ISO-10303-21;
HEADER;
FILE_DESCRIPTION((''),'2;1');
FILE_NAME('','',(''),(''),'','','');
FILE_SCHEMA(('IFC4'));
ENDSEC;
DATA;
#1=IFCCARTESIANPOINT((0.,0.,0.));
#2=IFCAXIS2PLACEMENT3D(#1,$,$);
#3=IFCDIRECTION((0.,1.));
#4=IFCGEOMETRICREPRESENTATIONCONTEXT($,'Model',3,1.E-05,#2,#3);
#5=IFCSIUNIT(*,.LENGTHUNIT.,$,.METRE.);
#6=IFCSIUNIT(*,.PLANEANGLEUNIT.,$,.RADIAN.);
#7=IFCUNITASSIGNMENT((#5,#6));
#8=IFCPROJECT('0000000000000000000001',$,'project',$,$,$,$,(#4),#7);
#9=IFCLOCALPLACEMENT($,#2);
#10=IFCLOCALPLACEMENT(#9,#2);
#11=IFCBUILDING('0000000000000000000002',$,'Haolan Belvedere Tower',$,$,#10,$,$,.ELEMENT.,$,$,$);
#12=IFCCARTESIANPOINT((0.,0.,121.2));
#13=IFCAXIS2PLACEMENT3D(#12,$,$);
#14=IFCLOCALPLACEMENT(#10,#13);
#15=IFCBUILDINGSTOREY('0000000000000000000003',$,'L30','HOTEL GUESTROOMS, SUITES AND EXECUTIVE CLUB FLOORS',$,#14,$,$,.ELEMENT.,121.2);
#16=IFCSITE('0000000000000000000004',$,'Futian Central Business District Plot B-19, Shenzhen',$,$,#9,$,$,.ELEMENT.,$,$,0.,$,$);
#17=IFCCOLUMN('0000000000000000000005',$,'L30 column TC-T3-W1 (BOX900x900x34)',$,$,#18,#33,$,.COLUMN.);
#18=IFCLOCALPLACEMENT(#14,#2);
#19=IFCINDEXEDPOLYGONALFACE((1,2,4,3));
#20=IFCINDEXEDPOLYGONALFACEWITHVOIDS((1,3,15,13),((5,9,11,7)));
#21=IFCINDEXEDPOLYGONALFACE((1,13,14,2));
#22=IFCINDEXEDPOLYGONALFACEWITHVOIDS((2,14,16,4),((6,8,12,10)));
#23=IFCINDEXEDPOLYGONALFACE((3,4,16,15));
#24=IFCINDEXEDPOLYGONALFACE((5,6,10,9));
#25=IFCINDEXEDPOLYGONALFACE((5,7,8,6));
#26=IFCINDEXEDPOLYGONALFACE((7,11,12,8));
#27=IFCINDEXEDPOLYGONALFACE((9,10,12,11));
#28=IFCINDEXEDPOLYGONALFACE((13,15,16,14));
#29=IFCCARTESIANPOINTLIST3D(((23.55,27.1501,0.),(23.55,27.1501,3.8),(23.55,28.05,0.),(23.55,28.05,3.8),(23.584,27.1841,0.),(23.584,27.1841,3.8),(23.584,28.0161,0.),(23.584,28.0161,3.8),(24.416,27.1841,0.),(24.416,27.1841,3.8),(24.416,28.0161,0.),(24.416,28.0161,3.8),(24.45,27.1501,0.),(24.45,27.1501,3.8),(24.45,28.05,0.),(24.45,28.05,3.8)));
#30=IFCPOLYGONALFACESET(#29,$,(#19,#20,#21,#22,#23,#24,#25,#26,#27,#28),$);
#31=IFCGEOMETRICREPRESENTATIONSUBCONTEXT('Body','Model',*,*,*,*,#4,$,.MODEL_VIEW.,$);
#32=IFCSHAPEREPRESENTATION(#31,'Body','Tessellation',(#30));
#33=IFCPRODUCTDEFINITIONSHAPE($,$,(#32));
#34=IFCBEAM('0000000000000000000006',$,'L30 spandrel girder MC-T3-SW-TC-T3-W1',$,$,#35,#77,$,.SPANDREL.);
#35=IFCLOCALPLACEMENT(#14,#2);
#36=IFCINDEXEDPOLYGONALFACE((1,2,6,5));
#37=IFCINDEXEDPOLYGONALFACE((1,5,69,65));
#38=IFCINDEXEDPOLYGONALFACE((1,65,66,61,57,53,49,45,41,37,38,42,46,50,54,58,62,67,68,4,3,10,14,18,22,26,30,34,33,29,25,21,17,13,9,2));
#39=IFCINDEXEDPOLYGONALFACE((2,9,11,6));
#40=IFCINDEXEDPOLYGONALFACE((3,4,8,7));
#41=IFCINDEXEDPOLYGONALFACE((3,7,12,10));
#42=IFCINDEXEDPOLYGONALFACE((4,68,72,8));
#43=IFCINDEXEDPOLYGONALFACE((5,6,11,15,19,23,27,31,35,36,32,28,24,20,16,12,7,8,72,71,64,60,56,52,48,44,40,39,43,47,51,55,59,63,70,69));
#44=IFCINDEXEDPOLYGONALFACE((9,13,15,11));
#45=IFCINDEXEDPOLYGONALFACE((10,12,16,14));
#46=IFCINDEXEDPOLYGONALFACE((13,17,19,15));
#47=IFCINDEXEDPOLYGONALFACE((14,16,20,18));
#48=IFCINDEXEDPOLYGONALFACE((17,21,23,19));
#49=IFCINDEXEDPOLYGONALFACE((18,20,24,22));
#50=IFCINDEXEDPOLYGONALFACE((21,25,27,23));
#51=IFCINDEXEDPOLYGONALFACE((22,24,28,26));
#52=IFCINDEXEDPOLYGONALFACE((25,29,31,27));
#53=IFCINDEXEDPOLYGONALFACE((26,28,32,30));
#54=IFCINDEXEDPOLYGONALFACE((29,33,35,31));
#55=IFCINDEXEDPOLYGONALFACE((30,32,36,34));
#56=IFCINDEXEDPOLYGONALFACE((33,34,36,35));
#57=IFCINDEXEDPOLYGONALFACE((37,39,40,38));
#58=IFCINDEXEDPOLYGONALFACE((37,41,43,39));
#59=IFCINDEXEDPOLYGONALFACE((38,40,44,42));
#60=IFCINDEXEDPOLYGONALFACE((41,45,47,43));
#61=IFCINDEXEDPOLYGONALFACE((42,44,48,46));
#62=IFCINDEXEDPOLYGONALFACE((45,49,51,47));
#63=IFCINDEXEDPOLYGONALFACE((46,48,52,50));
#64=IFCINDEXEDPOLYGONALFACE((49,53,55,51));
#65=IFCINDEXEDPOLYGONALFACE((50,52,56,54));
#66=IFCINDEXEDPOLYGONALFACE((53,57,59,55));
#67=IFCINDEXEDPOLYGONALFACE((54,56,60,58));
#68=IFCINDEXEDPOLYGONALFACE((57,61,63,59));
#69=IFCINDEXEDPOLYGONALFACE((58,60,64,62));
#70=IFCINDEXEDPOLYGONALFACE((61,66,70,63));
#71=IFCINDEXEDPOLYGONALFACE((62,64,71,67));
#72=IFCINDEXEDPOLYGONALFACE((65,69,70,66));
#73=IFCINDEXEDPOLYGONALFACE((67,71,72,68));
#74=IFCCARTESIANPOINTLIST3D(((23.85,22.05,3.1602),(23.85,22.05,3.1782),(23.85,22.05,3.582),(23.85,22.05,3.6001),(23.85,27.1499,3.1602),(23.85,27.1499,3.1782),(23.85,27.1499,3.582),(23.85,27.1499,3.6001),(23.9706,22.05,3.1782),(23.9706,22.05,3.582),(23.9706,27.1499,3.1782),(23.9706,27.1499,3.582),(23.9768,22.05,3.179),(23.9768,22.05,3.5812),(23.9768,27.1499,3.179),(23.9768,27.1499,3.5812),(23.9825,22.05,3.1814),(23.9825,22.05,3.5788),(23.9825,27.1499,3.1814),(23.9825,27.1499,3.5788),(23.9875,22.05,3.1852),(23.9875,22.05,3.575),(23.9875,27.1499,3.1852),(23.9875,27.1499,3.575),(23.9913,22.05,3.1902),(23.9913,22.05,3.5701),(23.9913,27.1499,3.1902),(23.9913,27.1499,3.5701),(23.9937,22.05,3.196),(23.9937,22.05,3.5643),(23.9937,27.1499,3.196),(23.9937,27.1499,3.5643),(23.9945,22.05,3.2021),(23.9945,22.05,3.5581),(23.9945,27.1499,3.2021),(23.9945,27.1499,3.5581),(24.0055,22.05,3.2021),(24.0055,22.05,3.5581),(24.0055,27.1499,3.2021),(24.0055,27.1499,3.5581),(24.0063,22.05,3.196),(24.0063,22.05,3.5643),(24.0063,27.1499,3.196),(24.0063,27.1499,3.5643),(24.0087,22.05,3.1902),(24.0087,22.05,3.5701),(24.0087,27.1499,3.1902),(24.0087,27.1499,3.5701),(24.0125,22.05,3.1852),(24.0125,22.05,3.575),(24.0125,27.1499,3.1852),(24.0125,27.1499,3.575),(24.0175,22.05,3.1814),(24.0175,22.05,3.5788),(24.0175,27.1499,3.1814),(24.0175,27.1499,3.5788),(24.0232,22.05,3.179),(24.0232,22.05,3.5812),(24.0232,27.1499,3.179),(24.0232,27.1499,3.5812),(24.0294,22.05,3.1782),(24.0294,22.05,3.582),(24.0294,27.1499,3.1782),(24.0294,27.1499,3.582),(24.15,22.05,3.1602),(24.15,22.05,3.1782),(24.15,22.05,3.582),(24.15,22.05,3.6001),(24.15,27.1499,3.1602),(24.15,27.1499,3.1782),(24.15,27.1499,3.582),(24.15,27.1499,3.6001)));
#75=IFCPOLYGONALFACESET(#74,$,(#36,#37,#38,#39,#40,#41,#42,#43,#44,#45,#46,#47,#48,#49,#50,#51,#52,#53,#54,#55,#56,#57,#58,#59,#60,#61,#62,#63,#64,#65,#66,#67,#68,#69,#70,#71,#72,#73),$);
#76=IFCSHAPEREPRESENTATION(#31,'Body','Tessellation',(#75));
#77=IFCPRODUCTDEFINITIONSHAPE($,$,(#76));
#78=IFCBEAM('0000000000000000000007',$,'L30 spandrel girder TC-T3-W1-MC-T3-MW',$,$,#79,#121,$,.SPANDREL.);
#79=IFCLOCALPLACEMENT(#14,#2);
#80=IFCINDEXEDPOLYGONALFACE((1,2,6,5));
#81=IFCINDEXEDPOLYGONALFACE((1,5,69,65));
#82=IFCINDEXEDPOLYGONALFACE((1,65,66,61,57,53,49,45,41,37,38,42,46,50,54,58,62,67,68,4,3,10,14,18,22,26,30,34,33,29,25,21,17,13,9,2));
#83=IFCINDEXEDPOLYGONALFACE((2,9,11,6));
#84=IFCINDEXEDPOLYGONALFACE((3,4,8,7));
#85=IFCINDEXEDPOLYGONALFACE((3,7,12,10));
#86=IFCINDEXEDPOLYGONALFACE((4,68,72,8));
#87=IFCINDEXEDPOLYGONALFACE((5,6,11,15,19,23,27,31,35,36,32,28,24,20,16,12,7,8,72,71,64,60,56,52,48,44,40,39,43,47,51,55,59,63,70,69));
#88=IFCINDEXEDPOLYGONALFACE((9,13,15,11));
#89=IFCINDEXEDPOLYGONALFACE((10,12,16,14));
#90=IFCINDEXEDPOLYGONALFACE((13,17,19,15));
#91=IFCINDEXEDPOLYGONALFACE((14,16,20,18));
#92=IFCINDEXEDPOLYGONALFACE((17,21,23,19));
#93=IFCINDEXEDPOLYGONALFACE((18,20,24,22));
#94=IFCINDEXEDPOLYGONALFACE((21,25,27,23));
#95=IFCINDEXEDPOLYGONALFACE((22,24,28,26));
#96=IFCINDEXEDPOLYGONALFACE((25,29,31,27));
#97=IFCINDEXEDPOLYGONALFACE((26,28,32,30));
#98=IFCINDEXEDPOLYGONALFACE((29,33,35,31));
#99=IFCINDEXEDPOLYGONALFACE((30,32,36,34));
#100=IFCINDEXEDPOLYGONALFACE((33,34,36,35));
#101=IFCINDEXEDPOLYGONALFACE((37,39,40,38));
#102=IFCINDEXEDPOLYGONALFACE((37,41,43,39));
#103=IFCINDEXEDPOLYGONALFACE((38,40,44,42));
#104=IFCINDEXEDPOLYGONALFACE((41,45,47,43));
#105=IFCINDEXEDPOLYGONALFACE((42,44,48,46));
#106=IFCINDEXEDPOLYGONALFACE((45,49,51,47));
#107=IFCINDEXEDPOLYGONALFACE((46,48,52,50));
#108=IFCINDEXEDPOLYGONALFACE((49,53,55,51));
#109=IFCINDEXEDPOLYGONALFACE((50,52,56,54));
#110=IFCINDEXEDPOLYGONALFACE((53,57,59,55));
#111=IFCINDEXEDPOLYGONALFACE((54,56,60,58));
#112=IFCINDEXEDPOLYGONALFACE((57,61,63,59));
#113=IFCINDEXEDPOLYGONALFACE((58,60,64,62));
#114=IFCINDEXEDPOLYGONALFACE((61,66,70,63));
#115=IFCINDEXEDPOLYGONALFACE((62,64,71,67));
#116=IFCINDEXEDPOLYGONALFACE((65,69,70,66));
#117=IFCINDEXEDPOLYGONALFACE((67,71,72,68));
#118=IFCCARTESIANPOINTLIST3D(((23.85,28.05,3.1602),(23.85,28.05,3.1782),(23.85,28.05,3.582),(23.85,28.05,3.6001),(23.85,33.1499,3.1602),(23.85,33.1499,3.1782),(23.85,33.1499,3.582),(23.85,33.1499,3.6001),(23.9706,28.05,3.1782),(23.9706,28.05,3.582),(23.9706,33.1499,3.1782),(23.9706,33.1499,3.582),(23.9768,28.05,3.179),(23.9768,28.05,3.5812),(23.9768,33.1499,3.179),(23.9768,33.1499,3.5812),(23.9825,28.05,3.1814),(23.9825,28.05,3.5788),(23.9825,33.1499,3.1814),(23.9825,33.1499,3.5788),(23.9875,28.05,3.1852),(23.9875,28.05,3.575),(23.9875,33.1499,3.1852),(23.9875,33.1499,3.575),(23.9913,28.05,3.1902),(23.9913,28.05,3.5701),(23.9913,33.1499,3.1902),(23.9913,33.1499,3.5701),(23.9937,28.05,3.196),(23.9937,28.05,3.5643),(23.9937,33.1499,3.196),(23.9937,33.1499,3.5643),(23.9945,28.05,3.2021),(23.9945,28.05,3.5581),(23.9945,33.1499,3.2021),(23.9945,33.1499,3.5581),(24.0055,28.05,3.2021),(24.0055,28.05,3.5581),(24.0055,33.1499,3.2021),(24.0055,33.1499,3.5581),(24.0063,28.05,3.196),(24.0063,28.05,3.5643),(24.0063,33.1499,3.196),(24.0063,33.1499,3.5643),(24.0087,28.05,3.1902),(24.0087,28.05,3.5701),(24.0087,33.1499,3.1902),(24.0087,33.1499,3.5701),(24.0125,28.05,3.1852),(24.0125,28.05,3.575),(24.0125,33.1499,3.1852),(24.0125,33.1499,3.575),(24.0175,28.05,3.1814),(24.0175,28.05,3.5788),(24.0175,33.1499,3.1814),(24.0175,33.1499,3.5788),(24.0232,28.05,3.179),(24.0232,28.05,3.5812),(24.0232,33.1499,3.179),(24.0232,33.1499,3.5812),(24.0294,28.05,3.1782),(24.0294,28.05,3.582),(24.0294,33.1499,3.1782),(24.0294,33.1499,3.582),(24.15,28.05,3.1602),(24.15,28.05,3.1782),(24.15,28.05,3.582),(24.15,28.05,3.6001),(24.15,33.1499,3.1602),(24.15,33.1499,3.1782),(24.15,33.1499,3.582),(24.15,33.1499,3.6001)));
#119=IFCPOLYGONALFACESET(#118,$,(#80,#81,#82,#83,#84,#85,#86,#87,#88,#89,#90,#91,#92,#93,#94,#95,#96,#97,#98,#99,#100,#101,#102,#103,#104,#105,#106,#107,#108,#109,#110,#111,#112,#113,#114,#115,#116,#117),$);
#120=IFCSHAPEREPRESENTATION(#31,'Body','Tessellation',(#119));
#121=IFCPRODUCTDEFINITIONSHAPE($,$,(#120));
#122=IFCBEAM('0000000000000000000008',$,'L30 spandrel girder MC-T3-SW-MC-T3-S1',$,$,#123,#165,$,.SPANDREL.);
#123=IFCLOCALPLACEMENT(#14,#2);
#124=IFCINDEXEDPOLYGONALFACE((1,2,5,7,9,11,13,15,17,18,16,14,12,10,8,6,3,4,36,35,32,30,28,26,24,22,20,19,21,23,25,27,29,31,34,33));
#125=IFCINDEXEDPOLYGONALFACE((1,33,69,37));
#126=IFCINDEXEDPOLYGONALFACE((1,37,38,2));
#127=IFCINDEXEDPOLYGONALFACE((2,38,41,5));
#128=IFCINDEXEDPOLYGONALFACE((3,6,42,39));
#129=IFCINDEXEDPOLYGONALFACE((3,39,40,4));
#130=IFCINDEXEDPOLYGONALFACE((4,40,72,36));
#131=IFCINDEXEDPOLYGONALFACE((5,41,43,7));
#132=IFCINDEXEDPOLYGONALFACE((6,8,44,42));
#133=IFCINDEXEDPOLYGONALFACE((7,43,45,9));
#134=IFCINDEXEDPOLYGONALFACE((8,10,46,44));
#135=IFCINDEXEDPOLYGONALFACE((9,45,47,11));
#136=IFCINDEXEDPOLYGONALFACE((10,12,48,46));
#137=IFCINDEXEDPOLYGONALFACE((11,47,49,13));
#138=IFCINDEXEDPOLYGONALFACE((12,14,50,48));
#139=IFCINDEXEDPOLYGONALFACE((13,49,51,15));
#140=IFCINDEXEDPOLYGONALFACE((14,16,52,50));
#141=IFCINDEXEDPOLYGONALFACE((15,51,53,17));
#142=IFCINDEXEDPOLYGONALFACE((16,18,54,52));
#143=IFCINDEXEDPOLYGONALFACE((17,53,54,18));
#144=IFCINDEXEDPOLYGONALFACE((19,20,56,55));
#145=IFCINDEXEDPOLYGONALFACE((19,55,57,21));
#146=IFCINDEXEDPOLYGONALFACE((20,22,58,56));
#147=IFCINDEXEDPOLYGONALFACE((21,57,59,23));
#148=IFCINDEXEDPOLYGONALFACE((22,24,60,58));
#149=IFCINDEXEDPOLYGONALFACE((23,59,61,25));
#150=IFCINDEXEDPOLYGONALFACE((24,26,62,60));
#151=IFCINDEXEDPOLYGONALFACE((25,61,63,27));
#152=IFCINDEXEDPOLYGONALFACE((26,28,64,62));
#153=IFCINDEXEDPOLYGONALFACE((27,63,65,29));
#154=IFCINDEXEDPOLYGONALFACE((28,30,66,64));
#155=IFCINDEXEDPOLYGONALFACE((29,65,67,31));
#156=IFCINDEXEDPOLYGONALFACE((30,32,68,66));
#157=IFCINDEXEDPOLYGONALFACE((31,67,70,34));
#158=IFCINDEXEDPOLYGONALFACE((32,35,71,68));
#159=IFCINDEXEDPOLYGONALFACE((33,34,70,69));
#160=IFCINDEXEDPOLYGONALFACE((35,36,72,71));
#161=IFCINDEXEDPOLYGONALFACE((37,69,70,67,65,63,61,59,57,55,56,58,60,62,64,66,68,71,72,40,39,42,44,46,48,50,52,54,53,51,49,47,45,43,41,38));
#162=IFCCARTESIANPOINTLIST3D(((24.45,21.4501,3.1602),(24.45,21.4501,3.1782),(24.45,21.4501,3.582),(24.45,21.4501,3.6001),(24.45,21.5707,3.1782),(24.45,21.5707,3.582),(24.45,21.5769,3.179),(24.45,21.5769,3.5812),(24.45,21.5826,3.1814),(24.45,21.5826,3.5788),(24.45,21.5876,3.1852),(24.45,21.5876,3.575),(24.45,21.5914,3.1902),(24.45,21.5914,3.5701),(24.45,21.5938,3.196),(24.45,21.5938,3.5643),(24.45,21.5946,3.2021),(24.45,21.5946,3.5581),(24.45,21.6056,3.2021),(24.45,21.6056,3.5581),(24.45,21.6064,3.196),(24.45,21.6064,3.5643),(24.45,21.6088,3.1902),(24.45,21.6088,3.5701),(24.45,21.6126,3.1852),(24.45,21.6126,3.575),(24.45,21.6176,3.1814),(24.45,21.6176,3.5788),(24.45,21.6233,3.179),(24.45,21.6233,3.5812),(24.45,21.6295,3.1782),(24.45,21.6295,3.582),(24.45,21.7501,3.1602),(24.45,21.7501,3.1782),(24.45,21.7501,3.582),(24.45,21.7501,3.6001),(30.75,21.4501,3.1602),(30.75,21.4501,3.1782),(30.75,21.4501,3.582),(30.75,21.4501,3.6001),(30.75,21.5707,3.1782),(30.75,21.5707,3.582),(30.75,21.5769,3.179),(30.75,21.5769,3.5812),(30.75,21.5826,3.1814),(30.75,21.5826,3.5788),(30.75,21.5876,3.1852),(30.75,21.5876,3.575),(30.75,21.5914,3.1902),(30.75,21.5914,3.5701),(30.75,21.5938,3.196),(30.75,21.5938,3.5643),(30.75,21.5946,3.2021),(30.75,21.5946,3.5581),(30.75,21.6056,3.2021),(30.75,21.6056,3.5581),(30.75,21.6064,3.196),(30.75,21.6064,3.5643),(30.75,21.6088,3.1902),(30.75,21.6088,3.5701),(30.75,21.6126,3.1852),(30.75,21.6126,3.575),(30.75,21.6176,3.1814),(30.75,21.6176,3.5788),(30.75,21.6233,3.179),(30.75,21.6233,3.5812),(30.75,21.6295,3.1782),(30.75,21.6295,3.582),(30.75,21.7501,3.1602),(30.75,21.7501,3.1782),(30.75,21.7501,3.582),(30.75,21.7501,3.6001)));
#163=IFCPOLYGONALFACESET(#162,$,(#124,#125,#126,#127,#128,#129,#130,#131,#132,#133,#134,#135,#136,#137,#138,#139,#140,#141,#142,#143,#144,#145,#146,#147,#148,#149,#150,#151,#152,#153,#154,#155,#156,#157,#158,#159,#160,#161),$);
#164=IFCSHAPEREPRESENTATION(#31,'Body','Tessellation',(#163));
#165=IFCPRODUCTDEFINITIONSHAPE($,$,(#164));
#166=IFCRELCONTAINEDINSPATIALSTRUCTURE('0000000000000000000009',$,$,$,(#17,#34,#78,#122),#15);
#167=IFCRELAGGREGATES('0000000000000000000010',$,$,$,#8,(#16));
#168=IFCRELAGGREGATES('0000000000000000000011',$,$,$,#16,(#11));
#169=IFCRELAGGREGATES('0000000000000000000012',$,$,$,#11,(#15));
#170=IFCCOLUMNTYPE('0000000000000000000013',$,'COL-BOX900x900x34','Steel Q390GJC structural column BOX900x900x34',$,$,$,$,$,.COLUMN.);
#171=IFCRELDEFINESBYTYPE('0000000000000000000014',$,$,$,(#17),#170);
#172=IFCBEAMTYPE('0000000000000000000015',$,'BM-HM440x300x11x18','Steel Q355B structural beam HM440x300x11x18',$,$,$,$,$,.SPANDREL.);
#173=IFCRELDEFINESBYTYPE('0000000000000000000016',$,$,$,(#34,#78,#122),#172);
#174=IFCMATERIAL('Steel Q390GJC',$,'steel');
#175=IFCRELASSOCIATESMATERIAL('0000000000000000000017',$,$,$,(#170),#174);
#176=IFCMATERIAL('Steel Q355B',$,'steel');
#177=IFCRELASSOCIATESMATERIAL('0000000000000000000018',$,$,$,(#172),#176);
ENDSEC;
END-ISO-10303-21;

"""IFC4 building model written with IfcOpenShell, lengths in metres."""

from ifc_helpers import new_model, si_unit, direction, frame, origin, origin_2d, place, context, subcontext, project, spatial, hollow_rectangle, i_section, extrude, material, material_profile, profile_set, type_object, element, save


model = new_model("IFC4")

# Units and contexts
model_context = context("Model", 3, precision=1e-05, world=origin(), true_north=direction((0.0, 1.0)))
body_context = subcontext(model_context, "Body", "Model", "MODEL_VIEW")
ifc_project = project(units=[si_unit("LENGTHUNIT", "METRE"), si_unit("PLANEANGLEUNIT", "RADIAN")], contexts=[model_context])

# Site, building, storey
site_placement = place(None, origin())
site = spatial("IfcSite", under=ifc_project, at=site_placement, Name="Futian Central Business District Plot B-19, Shenzhen", CompositionType="ELEMENT", RefElevation=0.0)
building_placement = place(site_placement, origin())
building = spatial("IfcBuilding", under=site, at=building_placement, Name="Haolan Belvedere Tower", CompositionType="ELEMENT")
storey_placement = place(building_placement, frame((0.0, 0.0, 121.2)))
storey = spatial("IfcBuildingStorey", under=building, at=storey_placement, Name="L30", Description="HOTEL GUESTROOMS, SUITES AND EXECUTIVE CLUB FLOORS", CompositionType="ELEMENT", Elevation=121.2)

# Column
ifc_material_1 = material(Name="Steel Q390GJC", Category="steel")
ifc_material_profile_1 = material_profile(ifc_material_1, hollow_rectangle(XDim=0.8999, YDim=0.8999, WallThickness=0.0339, at=origin_2d()), Name="Steel Q390GJC")
ifc_profile_set_1 = profile_set([ifc_material_profile_1], Name="Steel Q390GJC")
column_type = type_object("IfcColumnType", Name="COL-BOX900x900x34", Description="Steel Q390GJC structural column BOX900x900x34", PredefinedType="COLUMN", material=ifc_profile_set_1)
column_placement = place(storey_placement, frame((24.0, 27.6001, 0.0), z_axis=(0.0, 0.0, 1.0), x_axis=(1.0, 0.0, 0.0)))
element("IfcColumn", 1, at=column_placement, inside=storey, type_object=column_type, Name="L30 column TC-T3-W1 (BOX900x900x34)", PredefinedType="COLUMN", context=body_context, shape_type="SweptSolid", body=[
    extrude(hollow_rectangle(XDim=0.8999, YDim=0.8999, WallThickness=0.0339, at=origin_2d()), origin(), (0.0, 0.0, 1.0), 3.8),
])

# Beams
ifc_material_2 = material(Name="Steel Q355B", Category="steel")
ifc_material_profile_2 = material_profile(ifc_material_2, i_section(OverallWidth=0.3, OverallDepth=0.4399, WebThickness=0.011, FlangeThickness=0.0181, FilletRadius=0.0239, at=origin_2d()), Name="Steel Q355B")
ifc_profile_set_2 = profile_set([ifc_material_profile_2], Name="Steel Q355B")
beam_type_1 = type_object("IfcBeamType", Name="BM-HM440x300x11x18", Description="Steel Q355B structural beam HM440x300x11x18", PredefinedType="SPANDREL", material=ifc_profile_set_2)
for number, where, z_axis, x_axis, name in (
    (2, (24.0, 22.05, 3.3801), (0.0, 1.0, 0.0), (-1.0, 0.0, 0.0), "L30 spandrel girder MC-T3-SW-TC-T3-W1"),
    (3, (24.0, 28.05, 3.3801), (0.0, 1.0, 0.0), (-1.0, 0.0, 0.0), "L30 spandrel girder TC-T3-W1-MC-T3-MW"),
):
    element("IfcBeam", number, at=place(storey_placement, frame(where, z_axis=z_axis, x_axis=x_axis)), inside=storey, type_object=beam_type_1, Name=name, PredefinedType="SPANDREL", context=body_context, shape_type="SweptSolid", body=[
        extrude(i_section(OverallWidth=0.3, OverallDepth=0.4399, WebThickness=0.011, FlangeThickness=0.0181, FilletRadius=0.0239, at=origin_2d()), origin(), (0.0, 0.0, 1.0), 5.0999),
    ])
beam_1_placement = place(storey_placement, frame((24.45, 21.6001, 3.3801), z_axis=(1.0, 0.0, 0.0), x_axis=(0.0, 1.0, 0.0)))
element("IfcBeam", 4, at=beam_1_placement, inside=storey, type_object=beam_type_1, Name="L30 spandrel girder MC-T3-SW-MC-T3-S1", PredefinedType="SPANDREL", context=body_context, shape_type="SweptSolid", body=[
    extrude(i_section(OverallWidth=0.3, OverallDepth=0.4399, WebThickness=0.011, FlangeThickness=0.0181, FilletRadius=0.0239, at=origin_2d()), origin(), (0.0, 0.0, 1.0), 6.3),
])

save(model, "model.ifc")
